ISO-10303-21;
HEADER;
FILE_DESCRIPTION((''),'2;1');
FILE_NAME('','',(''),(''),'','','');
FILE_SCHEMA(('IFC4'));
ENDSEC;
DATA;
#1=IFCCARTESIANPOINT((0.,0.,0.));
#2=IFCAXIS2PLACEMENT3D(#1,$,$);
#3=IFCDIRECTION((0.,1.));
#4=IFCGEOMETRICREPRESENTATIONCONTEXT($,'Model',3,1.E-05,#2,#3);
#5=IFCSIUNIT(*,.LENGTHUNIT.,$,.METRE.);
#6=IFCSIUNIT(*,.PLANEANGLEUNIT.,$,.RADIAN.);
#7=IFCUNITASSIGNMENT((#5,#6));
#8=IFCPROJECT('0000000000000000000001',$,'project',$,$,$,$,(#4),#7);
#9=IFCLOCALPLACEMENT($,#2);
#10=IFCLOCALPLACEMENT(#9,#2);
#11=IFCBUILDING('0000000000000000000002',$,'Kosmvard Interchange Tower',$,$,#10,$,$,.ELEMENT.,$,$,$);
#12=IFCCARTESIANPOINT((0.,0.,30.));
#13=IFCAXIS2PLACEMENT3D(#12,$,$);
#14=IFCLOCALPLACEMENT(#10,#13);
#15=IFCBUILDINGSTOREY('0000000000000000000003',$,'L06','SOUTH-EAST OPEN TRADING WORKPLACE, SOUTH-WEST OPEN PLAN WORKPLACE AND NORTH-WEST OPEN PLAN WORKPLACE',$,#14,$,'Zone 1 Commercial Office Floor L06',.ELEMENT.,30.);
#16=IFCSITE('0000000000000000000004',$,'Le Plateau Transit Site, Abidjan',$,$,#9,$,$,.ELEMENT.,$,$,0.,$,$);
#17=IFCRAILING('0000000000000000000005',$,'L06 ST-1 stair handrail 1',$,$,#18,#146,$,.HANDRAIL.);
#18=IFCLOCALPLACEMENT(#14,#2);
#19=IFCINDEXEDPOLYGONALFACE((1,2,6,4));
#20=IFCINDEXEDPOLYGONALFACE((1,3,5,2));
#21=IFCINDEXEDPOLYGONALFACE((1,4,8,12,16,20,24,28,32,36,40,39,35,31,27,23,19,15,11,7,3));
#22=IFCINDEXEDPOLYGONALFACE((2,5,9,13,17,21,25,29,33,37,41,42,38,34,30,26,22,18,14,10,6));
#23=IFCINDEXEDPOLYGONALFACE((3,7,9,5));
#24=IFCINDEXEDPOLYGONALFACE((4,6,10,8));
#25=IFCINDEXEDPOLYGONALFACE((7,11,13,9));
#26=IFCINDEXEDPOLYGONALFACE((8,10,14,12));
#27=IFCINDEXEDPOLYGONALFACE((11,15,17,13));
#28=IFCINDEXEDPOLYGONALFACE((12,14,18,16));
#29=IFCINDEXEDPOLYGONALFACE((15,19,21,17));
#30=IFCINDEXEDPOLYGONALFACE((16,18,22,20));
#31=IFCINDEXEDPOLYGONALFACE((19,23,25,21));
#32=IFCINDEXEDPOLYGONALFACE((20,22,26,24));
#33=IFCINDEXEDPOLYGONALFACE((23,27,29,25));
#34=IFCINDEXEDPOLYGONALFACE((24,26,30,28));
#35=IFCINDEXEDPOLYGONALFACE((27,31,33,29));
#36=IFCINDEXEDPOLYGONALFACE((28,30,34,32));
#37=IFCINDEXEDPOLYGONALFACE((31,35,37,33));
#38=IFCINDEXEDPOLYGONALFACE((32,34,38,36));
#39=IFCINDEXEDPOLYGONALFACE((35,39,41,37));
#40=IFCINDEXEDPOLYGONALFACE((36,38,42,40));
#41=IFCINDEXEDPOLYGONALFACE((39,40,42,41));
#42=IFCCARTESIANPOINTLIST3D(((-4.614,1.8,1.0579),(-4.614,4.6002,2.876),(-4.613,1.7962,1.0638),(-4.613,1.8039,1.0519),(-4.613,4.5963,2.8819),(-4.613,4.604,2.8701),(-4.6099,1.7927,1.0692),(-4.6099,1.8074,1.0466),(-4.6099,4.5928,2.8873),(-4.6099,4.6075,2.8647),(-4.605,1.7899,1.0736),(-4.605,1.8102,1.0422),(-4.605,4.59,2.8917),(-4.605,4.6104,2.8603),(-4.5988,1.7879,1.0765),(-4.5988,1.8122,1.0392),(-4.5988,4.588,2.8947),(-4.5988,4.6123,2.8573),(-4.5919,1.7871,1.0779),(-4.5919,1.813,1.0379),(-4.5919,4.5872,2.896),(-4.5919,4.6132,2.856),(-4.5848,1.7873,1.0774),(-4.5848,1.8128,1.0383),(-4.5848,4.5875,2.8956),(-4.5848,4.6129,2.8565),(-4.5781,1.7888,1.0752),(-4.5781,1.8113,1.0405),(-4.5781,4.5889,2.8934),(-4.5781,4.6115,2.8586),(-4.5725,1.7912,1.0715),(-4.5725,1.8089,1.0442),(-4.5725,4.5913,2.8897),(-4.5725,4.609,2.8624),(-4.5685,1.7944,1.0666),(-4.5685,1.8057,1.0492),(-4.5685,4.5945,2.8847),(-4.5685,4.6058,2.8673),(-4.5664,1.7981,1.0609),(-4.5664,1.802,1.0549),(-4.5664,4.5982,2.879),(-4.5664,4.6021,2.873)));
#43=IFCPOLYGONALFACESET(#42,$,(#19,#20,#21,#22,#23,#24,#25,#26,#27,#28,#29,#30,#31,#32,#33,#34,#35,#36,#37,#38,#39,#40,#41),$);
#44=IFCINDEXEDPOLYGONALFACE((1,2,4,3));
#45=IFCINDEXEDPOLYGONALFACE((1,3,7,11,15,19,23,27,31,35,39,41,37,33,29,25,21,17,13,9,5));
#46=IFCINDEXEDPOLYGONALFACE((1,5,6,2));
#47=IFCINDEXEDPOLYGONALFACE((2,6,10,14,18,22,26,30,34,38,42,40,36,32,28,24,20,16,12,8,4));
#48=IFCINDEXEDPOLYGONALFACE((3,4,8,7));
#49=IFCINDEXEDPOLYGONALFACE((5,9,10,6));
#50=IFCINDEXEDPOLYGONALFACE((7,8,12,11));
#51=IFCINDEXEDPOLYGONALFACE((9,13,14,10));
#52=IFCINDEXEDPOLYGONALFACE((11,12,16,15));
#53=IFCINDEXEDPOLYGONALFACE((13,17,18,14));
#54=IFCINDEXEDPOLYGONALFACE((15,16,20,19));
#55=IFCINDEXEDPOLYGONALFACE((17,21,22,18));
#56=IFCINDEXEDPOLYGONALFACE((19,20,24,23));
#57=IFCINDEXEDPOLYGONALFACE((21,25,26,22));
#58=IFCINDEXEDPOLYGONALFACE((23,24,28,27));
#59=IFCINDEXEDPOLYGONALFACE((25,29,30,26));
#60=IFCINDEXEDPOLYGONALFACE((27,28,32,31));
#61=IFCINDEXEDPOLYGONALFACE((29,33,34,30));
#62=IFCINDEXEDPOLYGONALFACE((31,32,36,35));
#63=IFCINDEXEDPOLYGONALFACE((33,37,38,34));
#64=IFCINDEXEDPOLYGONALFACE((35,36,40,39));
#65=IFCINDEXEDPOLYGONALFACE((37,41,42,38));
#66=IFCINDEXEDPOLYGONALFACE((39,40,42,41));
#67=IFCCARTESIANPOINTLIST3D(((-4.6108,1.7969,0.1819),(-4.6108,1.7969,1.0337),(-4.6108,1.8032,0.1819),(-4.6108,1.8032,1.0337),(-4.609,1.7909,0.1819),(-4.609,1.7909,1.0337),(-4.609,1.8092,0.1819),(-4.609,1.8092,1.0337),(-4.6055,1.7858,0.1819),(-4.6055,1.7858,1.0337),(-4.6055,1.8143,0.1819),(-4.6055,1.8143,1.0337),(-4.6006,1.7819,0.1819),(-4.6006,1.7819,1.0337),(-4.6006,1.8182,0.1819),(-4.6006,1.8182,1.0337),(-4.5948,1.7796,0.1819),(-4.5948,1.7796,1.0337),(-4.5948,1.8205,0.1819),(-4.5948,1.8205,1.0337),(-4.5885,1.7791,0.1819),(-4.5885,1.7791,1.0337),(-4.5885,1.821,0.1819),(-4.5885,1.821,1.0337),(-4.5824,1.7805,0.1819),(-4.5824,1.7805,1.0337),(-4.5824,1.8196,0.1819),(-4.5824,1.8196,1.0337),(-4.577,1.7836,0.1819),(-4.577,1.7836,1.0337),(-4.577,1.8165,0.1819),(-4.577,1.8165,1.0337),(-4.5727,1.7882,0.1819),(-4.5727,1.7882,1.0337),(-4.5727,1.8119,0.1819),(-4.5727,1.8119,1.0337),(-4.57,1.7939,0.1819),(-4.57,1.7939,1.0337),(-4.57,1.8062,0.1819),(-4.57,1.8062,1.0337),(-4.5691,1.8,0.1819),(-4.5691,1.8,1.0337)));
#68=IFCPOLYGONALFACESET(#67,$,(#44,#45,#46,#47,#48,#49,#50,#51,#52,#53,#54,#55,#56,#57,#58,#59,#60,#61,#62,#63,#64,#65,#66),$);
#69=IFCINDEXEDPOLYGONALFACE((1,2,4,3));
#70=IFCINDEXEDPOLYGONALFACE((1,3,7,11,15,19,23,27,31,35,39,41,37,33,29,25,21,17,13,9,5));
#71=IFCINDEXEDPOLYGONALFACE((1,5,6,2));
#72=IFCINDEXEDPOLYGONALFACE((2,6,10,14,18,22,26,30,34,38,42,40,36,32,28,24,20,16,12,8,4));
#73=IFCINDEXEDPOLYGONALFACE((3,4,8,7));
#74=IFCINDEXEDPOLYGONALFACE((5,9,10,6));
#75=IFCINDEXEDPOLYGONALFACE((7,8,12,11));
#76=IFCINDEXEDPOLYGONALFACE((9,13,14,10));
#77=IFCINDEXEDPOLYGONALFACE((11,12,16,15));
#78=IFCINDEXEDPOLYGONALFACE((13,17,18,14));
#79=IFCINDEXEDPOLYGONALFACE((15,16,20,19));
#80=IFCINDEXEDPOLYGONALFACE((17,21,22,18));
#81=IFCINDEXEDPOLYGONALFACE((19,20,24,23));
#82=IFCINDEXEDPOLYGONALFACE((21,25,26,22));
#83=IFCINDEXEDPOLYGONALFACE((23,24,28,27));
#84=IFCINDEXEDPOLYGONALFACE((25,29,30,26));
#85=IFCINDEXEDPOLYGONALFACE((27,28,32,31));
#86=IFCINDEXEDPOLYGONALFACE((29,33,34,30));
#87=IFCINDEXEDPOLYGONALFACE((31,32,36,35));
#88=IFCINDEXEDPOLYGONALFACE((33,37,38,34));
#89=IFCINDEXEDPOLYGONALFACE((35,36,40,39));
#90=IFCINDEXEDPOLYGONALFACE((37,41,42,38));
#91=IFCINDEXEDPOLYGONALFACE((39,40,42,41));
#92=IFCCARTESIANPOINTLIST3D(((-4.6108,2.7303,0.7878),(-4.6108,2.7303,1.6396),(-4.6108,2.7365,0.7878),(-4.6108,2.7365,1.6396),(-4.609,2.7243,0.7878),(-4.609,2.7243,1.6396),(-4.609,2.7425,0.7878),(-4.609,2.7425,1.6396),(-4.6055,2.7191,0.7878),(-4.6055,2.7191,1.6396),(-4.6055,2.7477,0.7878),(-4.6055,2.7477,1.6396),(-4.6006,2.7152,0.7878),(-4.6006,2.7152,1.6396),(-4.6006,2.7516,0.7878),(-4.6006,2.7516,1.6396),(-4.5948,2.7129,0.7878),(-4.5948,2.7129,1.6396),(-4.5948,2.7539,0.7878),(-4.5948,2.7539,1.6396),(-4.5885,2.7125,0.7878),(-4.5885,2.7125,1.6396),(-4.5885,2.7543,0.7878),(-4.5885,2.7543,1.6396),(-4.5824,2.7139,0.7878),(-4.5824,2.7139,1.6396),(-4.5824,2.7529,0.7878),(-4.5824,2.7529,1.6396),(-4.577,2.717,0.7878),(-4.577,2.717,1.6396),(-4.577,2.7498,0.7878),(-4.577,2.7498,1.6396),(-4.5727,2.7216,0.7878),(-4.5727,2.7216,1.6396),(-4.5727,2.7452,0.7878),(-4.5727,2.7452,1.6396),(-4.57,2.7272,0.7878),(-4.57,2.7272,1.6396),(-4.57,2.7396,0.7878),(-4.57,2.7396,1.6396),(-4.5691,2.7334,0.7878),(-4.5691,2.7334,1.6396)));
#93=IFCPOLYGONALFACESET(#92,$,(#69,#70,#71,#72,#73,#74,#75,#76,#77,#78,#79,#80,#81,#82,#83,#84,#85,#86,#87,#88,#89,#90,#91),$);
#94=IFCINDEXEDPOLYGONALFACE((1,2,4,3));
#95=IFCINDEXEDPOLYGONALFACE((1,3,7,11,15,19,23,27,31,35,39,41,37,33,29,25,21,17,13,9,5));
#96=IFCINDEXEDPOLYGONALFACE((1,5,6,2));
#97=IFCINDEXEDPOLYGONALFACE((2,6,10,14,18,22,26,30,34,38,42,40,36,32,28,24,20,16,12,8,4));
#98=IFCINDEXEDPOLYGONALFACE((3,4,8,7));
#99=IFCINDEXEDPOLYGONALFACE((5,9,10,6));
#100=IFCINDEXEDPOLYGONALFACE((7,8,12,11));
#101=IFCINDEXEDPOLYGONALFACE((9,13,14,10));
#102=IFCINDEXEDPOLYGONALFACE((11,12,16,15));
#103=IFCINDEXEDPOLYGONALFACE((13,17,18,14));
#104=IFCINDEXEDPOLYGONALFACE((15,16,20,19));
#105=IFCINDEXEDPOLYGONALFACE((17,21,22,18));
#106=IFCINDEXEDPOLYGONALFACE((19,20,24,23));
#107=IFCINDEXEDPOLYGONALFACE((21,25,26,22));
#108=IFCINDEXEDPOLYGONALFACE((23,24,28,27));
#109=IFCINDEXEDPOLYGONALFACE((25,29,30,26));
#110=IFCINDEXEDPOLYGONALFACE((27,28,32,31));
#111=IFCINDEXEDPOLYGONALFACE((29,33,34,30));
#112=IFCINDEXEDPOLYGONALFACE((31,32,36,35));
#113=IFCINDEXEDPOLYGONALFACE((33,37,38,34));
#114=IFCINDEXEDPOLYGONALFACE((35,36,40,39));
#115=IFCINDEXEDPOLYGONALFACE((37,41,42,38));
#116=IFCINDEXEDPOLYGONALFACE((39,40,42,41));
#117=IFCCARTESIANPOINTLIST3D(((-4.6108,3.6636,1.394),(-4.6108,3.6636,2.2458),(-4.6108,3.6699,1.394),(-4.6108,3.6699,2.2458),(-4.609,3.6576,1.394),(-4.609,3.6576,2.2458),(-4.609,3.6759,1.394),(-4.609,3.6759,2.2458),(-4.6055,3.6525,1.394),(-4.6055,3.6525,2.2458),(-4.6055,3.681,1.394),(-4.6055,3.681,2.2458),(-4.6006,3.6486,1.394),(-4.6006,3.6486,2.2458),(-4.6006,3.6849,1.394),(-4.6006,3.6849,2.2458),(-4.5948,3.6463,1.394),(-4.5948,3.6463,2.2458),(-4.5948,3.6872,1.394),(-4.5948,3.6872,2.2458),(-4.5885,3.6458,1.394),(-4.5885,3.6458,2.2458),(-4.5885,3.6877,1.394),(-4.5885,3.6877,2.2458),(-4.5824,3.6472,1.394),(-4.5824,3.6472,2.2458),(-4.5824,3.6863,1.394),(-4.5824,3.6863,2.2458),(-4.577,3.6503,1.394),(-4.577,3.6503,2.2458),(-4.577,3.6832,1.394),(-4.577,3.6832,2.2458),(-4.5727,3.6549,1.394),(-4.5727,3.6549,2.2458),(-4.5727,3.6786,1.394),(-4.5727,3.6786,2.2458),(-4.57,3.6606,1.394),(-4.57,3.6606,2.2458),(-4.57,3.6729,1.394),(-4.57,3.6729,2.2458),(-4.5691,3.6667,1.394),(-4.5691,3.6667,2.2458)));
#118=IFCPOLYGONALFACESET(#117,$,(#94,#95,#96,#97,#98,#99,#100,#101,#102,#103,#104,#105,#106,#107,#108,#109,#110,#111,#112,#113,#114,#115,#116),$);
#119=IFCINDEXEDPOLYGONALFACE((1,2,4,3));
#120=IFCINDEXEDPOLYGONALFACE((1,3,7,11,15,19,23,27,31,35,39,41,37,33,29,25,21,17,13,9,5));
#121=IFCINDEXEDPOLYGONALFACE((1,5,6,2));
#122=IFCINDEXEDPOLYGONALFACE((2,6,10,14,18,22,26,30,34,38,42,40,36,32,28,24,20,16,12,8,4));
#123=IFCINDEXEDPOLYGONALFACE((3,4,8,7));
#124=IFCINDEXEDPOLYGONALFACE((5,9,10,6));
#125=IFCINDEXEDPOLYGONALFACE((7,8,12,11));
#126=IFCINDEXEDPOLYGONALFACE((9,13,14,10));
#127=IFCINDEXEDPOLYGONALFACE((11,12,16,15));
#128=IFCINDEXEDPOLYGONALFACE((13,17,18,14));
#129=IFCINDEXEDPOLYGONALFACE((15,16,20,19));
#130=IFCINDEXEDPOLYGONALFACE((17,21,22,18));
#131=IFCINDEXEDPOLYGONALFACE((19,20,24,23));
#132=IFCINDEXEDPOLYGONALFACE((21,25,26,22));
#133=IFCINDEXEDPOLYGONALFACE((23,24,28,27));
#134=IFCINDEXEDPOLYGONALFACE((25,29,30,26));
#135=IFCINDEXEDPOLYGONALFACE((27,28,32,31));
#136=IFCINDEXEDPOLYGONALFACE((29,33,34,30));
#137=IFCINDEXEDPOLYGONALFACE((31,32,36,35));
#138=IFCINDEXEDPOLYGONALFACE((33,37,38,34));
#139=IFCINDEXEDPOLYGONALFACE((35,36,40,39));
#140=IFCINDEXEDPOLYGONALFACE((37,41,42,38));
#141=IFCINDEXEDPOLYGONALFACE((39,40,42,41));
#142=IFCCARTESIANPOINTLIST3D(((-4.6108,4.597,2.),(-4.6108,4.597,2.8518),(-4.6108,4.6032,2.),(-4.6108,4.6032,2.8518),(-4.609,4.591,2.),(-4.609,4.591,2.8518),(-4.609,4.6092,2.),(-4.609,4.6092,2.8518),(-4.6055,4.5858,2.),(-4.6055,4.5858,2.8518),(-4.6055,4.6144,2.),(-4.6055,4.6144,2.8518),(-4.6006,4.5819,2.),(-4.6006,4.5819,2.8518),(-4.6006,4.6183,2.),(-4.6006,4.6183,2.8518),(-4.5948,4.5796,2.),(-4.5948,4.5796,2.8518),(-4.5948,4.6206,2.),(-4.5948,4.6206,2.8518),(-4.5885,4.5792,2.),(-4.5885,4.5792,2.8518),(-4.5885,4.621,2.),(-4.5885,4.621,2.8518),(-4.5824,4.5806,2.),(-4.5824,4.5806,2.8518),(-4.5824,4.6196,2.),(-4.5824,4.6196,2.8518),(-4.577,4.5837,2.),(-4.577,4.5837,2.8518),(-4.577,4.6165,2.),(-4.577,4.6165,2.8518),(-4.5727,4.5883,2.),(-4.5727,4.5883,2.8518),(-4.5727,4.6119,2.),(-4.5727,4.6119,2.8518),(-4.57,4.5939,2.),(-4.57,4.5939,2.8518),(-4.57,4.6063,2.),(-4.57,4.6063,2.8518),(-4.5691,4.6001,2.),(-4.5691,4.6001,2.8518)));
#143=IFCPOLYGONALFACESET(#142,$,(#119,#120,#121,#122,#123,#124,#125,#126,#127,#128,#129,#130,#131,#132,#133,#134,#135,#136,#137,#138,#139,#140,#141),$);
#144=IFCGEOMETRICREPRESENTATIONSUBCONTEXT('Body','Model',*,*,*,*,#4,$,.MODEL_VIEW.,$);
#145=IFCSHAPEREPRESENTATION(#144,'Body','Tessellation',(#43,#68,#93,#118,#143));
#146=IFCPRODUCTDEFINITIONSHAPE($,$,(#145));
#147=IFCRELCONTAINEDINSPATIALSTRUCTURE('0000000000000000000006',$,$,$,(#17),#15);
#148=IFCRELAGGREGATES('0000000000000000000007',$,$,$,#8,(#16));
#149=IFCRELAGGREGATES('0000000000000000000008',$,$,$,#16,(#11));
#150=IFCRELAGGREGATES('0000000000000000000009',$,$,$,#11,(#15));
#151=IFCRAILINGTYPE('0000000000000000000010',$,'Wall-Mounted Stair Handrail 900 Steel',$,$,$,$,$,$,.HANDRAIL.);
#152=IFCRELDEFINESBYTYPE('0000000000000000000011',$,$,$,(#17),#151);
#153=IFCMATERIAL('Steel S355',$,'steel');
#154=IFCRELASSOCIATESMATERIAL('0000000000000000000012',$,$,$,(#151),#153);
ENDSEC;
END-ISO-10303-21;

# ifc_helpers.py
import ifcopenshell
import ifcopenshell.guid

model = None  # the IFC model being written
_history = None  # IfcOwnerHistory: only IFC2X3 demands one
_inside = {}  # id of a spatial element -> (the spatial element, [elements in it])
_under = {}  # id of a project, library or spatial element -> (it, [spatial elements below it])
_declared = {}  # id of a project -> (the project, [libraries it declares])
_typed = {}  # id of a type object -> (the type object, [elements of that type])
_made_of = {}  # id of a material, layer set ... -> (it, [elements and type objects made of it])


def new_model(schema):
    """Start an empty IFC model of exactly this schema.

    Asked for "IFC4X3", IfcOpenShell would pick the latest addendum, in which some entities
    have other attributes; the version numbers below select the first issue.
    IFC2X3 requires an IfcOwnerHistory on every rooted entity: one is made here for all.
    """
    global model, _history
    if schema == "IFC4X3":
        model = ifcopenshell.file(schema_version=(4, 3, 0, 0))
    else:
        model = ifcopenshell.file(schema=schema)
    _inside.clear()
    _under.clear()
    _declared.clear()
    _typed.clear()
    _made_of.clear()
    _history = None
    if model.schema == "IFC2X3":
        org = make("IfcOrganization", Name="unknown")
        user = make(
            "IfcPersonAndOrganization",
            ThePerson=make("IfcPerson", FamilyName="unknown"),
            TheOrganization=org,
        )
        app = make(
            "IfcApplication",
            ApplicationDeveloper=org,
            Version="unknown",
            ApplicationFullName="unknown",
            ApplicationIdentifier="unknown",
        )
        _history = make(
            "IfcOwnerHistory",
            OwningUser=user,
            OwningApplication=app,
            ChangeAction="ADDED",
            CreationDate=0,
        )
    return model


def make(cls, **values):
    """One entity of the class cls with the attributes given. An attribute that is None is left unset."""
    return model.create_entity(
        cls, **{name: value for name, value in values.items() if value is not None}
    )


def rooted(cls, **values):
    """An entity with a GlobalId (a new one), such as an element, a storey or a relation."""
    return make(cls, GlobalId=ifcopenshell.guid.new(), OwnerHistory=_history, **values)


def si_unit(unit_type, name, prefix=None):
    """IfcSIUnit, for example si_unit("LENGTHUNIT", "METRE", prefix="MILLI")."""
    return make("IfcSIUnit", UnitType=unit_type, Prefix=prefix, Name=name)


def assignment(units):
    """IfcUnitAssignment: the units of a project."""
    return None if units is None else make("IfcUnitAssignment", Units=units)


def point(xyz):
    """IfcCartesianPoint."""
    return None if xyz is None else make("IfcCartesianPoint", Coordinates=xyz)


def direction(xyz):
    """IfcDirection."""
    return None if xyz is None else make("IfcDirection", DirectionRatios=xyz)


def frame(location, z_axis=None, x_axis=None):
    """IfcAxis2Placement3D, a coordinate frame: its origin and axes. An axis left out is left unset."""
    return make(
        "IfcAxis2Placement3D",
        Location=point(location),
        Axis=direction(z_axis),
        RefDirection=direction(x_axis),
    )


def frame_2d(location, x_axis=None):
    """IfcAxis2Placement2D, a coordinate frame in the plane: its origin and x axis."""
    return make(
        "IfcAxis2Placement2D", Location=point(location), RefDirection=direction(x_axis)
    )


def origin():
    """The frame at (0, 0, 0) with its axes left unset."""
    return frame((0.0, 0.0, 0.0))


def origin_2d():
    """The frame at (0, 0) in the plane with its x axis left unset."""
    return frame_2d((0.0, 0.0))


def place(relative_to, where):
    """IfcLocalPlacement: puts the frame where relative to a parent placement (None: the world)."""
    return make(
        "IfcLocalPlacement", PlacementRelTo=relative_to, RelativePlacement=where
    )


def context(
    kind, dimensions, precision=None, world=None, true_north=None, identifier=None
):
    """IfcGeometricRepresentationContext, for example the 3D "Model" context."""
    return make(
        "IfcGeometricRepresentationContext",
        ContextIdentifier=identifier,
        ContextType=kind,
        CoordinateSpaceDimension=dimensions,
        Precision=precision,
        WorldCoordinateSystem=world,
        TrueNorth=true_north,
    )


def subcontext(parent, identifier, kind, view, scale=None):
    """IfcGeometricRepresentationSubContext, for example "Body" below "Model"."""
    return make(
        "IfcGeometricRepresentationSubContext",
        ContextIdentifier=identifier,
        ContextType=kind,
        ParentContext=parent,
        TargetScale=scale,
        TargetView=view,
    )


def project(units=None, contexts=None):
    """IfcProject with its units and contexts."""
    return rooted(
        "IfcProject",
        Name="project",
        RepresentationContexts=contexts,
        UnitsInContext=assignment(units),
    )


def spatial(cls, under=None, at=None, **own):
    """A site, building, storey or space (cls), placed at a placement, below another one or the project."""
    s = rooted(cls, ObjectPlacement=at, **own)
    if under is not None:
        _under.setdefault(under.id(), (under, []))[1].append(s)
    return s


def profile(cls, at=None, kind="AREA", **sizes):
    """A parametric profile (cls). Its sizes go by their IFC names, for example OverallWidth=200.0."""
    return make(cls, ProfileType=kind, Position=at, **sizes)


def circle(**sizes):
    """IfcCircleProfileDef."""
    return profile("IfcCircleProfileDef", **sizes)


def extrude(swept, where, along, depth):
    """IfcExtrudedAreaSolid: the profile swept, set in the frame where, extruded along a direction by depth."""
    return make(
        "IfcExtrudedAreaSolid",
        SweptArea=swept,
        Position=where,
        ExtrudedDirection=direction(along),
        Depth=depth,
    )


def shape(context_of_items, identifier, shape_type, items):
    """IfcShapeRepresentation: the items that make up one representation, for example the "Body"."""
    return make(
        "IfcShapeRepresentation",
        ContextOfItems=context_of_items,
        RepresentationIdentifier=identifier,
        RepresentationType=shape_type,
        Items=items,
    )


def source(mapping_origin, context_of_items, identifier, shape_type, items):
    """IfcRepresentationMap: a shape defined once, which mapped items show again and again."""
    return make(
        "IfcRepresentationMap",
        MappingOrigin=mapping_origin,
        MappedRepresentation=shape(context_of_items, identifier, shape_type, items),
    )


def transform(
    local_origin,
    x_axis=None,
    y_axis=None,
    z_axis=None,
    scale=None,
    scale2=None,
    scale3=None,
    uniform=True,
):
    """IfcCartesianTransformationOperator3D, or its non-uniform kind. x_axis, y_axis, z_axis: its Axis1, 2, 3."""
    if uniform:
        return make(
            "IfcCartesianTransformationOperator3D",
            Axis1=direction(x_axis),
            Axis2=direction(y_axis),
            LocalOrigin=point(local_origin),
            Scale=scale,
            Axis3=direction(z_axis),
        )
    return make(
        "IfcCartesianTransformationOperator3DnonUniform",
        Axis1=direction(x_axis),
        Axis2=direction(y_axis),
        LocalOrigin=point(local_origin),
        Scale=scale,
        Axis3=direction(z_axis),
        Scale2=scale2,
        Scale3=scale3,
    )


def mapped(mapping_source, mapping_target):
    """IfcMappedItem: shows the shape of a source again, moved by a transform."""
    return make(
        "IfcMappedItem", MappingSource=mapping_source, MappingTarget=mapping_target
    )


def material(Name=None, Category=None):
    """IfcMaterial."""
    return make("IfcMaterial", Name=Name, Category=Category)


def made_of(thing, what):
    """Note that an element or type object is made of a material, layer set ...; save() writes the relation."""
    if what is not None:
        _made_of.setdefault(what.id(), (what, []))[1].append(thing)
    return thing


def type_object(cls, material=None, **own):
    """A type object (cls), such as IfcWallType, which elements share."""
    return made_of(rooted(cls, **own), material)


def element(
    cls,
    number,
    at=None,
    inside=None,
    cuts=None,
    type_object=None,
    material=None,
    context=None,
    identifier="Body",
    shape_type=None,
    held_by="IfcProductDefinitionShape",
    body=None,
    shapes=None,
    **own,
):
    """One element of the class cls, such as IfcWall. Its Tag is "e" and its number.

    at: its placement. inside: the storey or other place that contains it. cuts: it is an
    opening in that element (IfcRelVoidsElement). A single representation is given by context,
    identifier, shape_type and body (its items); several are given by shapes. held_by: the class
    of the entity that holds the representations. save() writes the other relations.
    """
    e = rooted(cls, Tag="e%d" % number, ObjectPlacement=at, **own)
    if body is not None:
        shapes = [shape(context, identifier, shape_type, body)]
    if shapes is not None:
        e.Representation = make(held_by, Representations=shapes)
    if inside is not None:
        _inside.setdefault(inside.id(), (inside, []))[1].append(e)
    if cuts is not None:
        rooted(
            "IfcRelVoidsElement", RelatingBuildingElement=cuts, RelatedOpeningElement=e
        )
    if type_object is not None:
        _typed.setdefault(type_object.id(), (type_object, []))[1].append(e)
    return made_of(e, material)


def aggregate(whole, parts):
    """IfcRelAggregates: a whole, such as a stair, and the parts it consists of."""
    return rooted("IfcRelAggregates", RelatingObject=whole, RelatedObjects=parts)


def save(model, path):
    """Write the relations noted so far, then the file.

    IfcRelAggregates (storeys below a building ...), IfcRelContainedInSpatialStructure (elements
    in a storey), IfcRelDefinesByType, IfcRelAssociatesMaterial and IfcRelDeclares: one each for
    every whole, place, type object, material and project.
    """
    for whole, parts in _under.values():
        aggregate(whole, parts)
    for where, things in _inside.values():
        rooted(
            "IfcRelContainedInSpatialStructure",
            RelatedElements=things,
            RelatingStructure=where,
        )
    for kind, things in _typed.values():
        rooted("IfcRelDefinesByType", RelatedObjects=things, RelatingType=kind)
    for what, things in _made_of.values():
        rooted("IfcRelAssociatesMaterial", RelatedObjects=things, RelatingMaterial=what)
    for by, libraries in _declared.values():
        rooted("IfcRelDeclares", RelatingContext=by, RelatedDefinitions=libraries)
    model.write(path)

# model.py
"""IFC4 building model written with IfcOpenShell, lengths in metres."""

from ifc_helpers import new_model, si_unit, direction, frame, origin, origin_2d, place, context, subcontext, project, spatial, circle, extrude, source, transform, mapped, material, type_object, element, save


model = new_model("IFC4")

# Units and contexts
model_context = context("Model", 3, precision=1e-05, world=origin(), true_north=direction((0.0, 1.0)))
body_context = subcontext(model_context, "Body", "Model", "MODEL_VIEW")
ifc_project = project(units=[si_unit("LENGTHUNIT", "METRE"), si_unit("PLANEANGLEUNIT", "RADIAN")], contexts=[model_context])

# Site, building, storey
site_placement = place(None, origin())
site = spatial("IfcSite", under=ifc_project, at=site_placement, Name="Le Plateau Transit Site, Abidjan", CompositionType="ELEMENT", RefElevation=0.0)
building_placement = place(site_placement, origin())
building = spatial("IfcBuilding", under=site, at=building_placement, Name="Kosmvard Interchange Tower", CompositionType="ELEMENT")
storey_placement = place(building_placement, frame((0.0, 0.0, 30.0)))
storey = spatial("IfcBuildingStorey", under=building, at=storey_placement, Name="L06", Description="SOUTH-EAST OPEN TRADING WORKPLACE, SOUTH-WEST OPEN PLAN WORKPLACE AND NORTH-WEST OPEN PLAN WORKPLACE", LongName="Zone 1 Commercial Office Floor L06", CompositionType="ELEMENT", Elevation=30.0)

# Shared definitions
ifc_material_1 = material(Name="Steel S355", Category="steel")

# Railing
railing_type_1 = type_object("IfcRailingType", Name="Wall-Mounted Stair Handrail 900 Steel", PredefinedType="HANDRAIL", material=ifc_material_1)
shared_shape_1 = source(origin(), body_context, "Body", "SweptSolid", [
    extrude(circle(Radius=0.0239, at=origin_2d()), frame((0.0, 0.0, 0.876), z_axis=(0.0, 0.838706, 0.544585), x_axis=(-1.0, 0.0, 0.0)), (0.0, 0.0, 1.0), 3.3386),
    extrude(circle(Radius=0.021, at=origin_2d()), origin(), (0.0, 0.0, 1.0), 0.8518),
    extrude(circle(Radius=0.021, at=origin_2d()), frame((0.0, 0.9333, 0.606)), (0.0, 0.0, 1.0), 0.8518),
    extrude(circle(Radius=0.021, at=origin_2d()), frame((0.0, 1.8667, 1.2122)), (0.0, 0.0, 1.0), 0.8518),
    extrude(circle(Radius=0.021, at=origin_2d()), frame((0.0, 2.8, 1.8181)), (0.0, 0.0, 1.0), 0.8518),
])
railing_1_placement = place(storey_placement, frame((-4.5901, 1.8, 0.1819)))
element("IfcRailing", 1, at=railing_1_placement, inside=storey, type_object=railing_type_1, Name="L06 ST-1 stair handrail 1", PredefinedType="HANDRAIL", context=body_context, shape_type="MappedRepresentation", body=[
    mapped(shared_shape_1, transform((0.0, 0.0, 0.0), scale=1.0)),
])

save(model, "model.ifc")
